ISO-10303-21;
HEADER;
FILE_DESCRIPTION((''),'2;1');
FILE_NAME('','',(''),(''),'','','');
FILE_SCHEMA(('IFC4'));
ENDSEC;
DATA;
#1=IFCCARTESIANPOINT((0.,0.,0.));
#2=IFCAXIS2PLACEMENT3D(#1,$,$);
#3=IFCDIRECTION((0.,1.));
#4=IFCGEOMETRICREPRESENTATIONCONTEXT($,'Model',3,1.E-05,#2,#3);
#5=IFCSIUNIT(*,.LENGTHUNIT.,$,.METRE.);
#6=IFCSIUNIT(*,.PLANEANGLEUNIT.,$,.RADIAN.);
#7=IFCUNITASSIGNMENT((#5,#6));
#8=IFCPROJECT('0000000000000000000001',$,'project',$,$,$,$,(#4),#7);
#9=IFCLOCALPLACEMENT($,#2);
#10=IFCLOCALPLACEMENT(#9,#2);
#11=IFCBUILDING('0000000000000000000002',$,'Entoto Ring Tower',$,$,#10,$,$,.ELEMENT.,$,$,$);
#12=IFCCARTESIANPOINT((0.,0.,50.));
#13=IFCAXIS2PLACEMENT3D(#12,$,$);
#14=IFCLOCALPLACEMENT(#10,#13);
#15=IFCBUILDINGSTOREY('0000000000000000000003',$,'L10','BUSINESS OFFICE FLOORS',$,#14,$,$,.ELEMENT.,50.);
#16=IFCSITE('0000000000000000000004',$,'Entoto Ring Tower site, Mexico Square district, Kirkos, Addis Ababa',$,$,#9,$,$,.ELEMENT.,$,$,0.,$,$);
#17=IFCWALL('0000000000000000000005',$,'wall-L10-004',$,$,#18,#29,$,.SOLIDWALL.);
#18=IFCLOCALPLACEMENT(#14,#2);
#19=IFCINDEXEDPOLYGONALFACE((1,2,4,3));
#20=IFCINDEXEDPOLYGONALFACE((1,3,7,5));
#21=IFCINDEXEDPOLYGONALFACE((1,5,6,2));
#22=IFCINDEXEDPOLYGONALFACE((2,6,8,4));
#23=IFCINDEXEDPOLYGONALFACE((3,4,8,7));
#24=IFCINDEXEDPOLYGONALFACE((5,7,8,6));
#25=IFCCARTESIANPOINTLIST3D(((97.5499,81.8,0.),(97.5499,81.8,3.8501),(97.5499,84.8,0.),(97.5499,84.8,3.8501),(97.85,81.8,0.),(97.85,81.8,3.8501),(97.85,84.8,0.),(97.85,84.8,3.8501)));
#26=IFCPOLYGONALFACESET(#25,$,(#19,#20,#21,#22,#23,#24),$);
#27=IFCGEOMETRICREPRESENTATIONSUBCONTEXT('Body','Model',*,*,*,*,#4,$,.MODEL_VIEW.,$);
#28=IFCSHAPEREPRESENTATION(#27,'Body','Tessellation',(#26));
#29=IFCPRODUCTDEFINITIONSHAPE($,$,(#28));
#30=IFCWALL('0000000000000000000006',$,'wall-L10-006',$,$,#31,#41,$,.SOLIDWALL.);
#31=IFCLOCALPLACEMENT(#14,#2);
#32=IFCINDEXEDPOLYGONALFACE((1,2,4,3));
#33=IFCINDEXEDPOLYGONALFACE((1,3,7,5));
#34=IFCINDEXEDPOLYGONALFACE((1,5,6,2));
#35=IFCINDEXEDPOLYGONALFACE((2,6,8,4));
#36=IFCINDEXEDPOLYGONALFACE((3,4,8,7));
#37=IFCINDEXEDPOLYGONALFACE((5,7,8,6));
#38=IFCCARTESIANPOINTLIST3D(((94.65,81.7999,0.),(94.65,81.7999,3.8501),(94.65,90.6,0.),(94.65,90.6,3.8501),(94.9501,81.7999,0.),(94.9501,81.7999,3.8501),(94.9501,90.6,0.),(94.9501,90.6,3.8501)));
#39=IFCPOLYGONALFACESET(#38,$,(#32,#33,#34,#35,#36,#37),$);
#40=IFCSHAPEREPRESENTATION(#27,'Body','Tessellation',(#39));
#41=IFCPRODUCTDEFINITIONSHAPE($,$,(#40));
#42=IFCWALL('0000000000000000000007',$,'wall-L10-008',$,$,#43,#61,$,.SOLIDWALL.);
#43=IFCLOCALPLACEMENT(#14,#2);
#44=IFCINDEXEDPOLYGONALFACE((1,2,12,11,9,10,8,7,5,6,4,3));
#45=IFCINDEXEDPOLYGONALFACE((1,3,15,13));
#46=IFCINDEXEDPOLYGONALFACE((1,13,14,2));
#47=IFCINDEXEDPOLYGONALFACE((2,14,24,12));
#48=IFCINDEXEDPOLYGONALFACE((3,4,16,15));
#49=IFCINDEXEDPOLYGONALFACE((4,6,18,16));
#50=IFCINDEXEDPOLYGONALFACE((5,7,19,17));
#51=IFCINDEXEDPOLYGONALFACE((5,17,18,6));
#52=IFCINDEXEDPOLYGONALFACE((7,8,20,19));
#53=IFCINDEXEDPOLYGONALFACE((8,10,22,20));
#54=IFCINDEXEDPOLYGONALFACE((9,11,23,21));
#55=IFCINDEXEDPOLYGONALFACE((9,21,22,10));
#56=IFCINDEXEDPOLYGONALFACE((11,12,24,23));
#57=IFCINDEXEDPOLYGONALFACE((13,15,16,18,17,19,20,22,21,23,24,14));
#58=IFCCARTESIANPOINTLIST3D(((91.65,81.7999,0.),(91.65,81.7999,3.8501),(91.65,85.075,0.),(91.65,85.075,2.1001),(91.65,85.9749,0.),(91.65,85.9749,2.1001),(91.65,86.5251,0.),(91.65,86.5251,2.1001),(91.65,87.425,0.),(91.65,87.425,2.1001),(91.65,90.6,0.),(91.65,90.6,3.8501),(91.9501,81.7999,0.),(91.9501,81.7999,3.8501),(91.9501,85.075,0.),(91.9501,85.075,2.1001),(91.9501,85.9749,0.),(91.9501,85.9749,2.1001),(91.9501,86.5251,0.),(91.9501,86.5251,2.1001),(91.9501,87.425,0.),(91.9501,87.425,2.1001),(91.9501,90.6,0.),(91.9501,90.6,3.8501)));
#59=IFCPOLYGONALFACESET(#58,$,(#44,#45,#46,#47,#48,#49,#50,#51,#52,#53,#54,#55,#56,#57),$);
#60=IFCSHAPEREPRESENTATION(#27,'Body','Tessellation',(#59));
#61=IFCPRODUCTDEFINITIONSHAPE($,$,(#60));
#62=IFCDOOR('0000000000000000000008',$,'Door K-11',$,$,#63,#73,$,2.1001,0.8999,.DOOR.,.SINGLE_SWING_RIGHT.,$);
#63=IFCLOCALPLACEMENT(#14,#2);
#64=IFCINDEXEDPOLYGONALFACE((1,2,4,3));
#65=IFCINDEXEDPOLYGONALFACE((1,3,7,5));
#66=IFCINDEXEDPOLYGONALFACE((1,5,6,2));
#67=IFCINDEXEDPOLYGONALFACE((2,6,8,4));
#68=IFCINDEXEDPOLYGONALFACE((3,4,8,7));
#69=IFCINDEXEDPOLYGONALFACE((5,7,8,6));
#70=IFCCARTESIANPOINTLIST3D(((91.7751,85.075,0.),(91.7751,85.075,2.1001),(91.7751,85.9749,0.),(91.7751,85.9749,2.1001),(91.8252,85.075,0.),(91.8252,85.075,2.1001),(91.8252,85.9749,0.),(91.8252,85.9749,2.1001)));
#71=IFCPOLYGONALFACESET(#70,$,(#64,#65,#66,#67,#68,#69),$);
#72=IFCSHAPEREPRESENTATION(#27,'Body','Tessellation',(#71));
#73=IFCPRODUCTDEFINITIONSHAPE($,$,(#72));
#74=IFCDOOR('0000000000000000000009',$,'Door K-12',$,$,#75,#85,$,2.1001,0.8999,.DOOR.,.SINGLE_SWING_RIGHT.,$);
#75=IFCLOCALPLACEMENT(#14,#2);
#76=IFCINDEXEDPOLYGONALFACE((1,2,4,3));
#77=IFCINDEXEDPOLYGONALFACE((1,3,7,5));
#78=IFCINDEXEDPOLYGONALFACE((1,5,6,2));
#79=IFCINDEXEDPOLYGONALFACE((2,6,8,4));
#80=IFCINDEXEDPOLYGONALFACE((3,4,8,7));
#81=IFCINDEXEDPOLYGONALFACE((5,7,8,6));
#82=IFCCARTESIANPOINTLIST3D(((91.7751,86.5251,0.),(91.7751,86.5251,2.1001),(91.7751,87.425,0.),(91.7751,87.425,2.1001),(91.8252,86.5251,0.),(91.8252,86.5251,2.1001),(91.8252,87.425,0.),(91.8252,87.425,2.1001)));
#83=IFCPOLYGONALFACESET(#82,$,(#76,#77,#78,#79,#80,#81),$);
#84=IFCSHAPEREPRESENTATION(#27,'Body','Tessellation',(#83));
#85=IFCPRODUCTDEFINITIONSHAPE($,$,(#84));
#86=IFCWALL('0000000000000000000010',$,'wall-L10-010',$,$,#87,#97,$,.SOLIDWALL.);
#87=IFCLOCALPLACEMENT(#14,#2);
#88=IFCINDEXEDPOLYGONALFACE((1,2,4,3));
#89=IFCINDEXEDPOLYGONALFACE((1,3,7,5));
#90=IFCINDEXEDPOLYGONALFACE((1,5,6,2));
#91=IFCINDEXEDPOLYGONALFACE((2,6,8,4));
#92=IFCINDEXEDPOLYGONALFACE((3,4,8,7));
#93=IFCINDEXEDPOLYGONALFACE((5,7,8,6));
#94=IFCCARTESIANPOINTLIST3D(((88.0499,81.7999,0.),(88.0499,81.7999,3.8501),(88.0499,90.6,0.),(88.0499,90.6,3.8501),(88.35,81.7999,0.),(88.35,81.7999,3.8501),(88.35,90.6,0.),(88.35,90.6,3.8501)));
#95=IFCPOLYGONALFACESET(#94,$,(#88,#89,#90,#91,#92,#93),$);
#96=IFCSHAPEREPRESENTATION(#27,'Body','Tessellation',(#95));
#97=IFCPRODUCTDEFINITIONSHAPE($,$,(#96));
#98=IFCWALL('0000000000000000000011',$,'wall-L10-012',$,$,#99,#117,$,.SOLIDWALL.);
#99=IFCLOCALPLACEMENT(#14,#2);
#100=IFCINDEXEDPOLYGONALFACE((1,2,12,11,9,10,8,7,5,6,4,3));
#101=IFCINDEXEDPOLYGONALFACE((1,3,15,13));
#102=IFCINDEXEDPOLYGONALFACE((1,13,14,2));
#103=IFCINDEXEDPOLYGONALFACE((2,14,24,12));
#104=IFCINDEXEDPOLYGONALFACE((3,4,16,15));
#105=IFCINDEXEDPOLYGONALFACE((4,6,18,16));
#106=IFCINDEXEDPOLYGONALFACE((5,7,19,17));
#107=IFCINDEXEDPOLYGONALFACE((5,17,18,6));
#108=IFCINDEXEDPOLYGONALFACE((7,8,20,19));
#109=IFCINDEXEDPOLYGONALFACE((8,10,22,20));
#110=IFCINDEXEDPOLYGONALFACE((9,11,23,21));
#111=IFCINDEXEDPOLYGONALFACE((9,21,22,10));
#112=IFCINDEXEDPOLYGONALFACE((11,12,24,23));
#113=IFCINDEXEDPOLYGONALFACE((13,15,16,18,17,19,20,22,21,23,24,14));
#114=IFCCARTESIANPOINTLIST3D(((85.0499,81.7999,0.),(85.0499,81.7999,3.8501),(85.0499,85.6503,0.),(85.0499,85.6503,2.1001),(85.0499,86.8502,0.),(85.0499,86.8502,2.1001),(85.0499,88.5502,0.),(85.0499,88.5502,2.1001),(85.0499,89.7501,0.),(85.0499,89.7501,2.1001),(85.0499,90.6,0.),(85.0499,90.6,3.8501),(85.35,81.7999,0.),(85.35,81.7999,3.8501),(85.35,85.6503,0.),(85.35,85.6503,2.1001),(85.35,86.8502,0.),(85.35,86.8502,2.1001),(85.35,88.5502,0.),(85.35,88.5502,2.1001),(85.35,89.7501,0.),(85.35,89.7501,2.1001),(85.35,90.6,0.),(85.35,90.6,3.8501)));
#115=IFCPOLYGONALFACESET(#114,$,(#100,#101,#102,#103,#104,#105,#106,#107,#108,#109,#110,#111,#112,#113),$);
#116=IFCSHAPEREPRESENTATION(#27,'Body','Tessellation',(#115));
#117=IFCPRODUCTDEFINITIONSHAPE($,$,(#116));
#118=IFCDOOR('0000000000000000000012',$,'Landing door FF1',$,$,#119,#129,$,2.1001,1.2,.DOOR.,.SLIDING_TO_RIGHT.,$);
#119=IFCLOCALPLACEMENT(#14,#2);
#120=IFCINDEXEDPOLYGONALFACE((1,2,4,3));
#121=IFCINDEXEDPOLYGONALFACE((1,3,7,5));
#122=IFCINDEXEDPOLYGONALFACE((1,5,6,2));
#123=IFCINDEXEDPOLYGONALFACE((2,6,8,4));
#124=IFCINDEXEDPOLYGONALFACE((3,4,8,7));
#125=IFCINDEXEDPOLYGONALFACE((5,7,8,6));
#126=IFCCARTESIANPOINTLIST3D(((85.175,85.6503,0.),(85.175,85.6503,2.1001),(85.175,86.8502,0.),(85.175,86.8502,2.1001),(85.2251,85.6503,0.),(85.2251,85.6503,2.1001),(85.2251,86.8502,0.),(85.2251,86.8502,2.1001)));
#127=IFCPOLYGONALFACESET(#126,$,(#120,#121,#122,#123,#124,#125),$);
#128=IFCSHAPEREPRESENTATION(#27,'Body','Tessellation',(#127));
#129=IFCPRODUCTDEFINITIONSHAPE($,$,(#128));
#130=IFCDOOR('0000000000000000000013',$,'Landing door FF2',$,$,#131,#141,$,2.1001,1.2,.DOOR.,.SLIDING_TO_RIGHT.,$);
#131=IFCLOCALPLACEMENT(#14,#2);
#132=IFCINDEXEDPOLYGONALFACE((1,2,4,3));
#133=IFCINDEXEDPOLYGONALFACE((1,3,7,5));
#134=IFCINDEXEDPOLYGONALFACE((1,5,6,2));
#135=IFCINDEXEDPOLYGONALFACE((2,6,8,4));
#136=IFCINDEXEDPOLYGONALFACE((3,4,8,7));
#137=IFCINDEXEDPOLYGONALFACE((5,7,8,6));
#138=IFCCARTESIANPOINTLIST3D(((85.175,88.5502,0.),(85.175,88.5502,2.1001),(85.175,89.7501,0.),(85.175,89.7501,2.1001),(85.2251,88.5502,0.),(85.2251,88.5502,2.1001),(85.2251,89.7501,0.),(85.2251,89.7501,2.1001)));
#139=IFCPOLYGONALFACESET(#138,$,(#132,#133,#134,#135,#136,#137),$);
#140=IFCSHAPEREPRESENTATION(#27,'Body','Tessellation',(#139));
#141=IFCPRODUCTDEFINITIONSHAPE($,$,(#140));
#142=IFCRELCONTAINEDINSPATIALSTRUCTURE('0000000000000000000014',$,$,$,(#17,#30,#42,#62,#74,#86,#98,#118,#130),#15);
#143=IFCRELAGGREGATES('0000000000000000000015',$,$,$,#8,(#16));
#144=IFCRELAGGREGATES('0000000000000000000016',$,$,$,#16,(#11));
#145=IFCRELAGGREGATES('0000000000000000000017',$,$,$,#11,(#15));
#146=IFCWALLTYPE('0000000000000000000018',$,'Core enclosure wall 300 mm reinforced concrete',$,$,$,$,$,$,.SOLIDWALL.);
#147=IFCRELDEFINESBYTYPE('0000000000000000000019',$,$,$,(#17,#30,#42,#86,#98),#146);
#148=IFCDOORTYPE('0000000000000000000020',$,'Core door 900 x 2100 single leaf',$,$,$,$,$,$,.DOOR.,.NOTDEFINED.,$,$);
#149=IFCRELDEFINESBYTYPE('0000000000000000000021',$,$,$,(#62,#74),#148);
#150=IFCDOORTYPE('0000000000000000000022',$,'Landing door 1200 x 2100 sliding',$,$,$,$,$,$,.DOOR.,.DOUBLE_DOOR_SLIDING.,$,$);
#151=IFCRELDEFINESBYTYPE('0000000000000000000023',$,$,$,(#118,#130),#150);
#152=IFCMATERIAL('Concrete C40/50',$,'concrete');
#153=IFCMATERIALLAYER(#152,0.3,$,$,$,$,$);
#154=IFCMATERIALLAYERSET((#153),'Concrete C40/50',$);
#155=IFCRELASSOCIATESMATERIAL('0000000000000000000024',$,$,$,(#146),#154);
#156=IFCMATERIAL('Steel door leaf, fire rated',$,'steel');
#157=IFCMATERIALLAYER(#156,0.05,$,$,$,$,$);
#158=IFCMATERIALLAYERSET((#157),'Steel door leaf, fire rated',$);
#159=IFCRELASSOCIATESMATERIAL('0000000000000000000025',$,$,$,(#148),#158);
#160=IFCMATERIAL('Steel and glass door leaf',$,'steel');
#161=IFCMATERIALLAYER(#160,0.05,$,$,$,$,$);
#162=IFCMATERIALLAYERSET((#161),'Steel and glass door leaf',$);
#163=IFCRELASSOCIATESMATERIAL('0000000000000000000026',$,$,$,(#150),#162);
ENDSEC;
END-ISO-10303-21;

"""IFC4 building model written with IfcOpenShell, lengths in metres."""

from ifc_helpers import new_model, si_unit, direction, frame, frame_2d, origin, place, context, subcontext, project, spatial, rectangle, extrude, material, layer, layer_set, type_object, element, fill, save


model = new_model("IFC4")

# Units and contexts
model_context = context("Model", 3, precision=1e-05, world=origin(), true_north=direction((0.0, 1.0)))
body_context = subcontext(model_context, "Body", "Model", "MODEL_VIEW")
ifc_project = project(units=[si_unit("LENGTHUNIT", "METRE"), si_unit("PLANEANGLEUNIT", "RADIAN")], contexts=[model_context])

# Site, building, storey
site_placement = place(None, origin())
site = spatial("IfcSite", under=ifc_project, at=site_placement, Name="Entoto Ring Tower site, Mexico Square district, Kirkos, Addis Ababa", CompositionType="ELEMENT", RefElevation=0.0)
building_placement = place(site_placement, origin())
building = spatial("IfcBuilding", under=site, at=building_placement, Name="Entoto Ring Tower", CompositionType="ELEMENT")
storey_placement = place(building_placement, frame((0.0, 0.0, 50.0)))
storey = spatial("IfcBuildingStorey", under=building, at=storey_placement, Name="L10", Description="BUSINESS OFFICE FLOORS", CompositionType="ELEMENT", Elevation=50.0)

# Walls
ifc_material_1 = material(Name="Concrete C40/50", Category="concrete")
ifc_layer_1 = layer(ifc_material_1, 0.3)
ifc_layer_set_1 = layer_set([ifc_layer_1], Name="Concrete C40/50")
wall_type = type_object("IfcWallType", Name="Core enclosure wall 300 mm reinforced concrete", PredefinedType="SOLIDWALL", material=ifc_layer_set_1)
wall_1_placement = place(storey_placement, frame((97.7, 81.8, 0.0), z_axis=(0.0, 0.0, 1.0), x_axis=(0.0, 1.0, 0.0)))
element("IfcWall", 1, at=wall_1_placement, inside=storey, type_object=wall_type, Name="wall-L10-004", PredefinedType="SOLIDWALL", context=body_context, shape_type="SweptSolid", body=[
    extrude(rectangle(XDim=3.0, YDim=0.3, at=frame_2d((1.5, 0.0))), origin(), (0.0, 0.0, 1.0), 3.8501),
])
wall_2_placement = place(storey_placement, frame((94.8, 81.8, 0.0), z_axis=(0.0, 0.0, 1.0), x_axis=(0.0, 1.0, 0.0)))
element("IfcWall", 2, at=wall_2_placement, inside=storey, type_object=wall_type, Name="wall-L10-006", PredefinedType="SOLIDWALL", context=body_context, shape_type="SweptSolid", body=[
    extrude(rectangle(XDim=8.8, YDim=0.3, at=frame_2d((4.3999, 0.0))), origin(), (0.0, 0.0, 1.0), 3.8501),
])

# Wall, openings, doors
wall_3_placement = place(storey_placement, frame((91.8, 81.8, 0.0), z_axis=(0.0, 0.0, 1.0), x_axis=(0.0, 1.0, 0.0)))
wall_3 = element("IfcWall", 3, at=wall_3_placement, inside=storey, type_object=wall_type, Name="wall-L10-008", PredefinedType="SOLIDWALL", context=body_context, shape_type="SweptSolid", body=[
    extrude(rectangle(XDim=8.8, YDim=0.3, at=frame_2d((4.3999, 0.0))), origin(), (0.0, 0.0, 1.0), 3.8501),
])
opening_1_placement = place(wall_3_placement, frame((3.2749, 0.0, 0.0)))
opening_1 = element("IfcOpeningElement", 4, at=opening_1_placement, cuts=wall_3, PredefinedType="OPENING", context=body_context, shape_type="SweptSolid", body=[
    extrude(rectangle(XDim=0.8999, YDim=2.1001, at=frame_2d((0.45, 1.05))), frame((0.0, 0.1602, 0.0), z_axis=(0.0, -1.0, 0.0), x_axis=(1.0, 0.0, 0.0)), (0.0, 0.0, 1.0), 0.3201),
])
opening_2_placement = place(wall_3_placement, frame((4.7251, 0.0, 0.0)))
opening_2 = element("IfcOpeningElement", 5, at=opening_2_placement, cuts=wall_3, PredefinedType="OPENING", context=body_context, shape_type="SweptSolid", body=[
    extrude(rectangle(XDim=0.8999, YDim=2.1001, at=frame_2d((0.45, 1.05))), frame((0.0, 0.1602, 0.0), z_axis=(0.0, -1.0, 0.0), x_axis=(1.0, 0.0, 0.0)), (0.0, 0.0, 1.0), 0.3201),
])
ifc_material_2 = material(Name="Steel door leaf, fire rated", Category="steel")
ifc_layer_2 = layer(ifc_material_2, 0.05)
ifc_layer_set_2 = layer_set([ifc_layer_2], Name="Steel door leaf, fire rated")
door_type_1 = type_object("IfcDoorType", Name="Core door 900 x 2100 single leaf", OperationType="NOTDEFINED", PredefinedType="DOOR", material=ifc_layer_set_2)
door_1_placement = place(opening_1_placement, origin())
door_1 = element("IfcDoor", 6, at=door_1_placement, inside=storey, type_object=door_type_1, Name="Door K-11", OperationType="SINGLE_SWING_RIGHT", OverallHeight=2.1001, OverallWidth=0.8999, PredefinedType="DOOR", context=body_context, shape_type="SweptSolid", body=[
    extrude(rectangle(XDim=0.8999, YDim=2.1001, at=frame_2d((0.45, 1.05))), frame((0.0, 0.0249, 0.0), z_axis=(0.0, -1.0, 0.0), x_axis=(1.0, 0.0, 0.0)), (0.0, 0.0, 1.0), 0.05),
])
fill(opening_1, door_1)
door_2_placement = place(opening_2_placement, origin())
door_2 = element("IfcDoor", 7, at=door_2_placement, inside=storey, type_object=door_type_1, Name="Door K-12", OperationType="SINGLE_SWING_RIGHT", OverallHeight=2.1001, OverallWidth=0.8999, PredefinedType="DOOR", context=body_context, shape_type="SweptSolid", body=[
    extrude(rectangle(XDim=0.8999, YDim=2.1001, at=frame_2d((0.45, 1.05))), frame((0.0, 0.0249, 0.0), z_axis=(0.0, -1.0, 0.0), x_axis=(1.0, 0.0, 0.0)), (0.0, 0.0, 1.0), 0.05),
])
fill(opening_2, door_2)

# Wall
wall_4_placement = place(storey_placement, frame((88.2, 81.8, 0.0), z_axis=(0.0, 0.0, 1.0), x_axis=(0.0, 1.0, 0.0)))
element("IfcWall", 8, at=wall_4_placement, inside=storey, type_object=wall_type, Name="wall-L10-010", PredefinedType="SOLIDWALL", context=body_context, shape_type="SweptSolid", body=[
    extrude(rectangle(XDim=8.8, YDim=0.3, at=frame_2d((4.3999, 0.0))), origin(), (0.0, 0.0, 1.0), 3.8501),
])

# Wall, openings, doors
wall_5_placement = place(storey_placement, frame((85.2, 81.8, 0.0), z_axis=(0.0, 0.0, 1.0), x_axis=(0.0, 1.0, 0.0)))
wall_5 = element("IfcWall", 9, at=wall_5_placement, inside=storey, type_object=wall_type, Name="wall-L10-012", PredefinedType="SOLIDWALL", context=body_context, shape_type="SweptSolid", body=[
    extrude(rectangle(XDim=8.8, YDim=0.3, at=frame_2d((4.3999, 0.0))), origin(), (0.0, 0.0, 1.0), 3.8501),
])
opening_3_placement = place(wall_5_placement, frame((3.8501, 0.0, 0.0)))
opening_3 = element("IfcOpeningElement", 10, at=opening_3_placement, cuts=wall_5, PredefinedType="OPENING", context=body_context, shape_type="SweptSolid", body=[
    extrude(rectangle(XDim=1.2, YDim=2.1001, at=frame_2d((0.6001, 1.05))), frame((0.0, 0.1602, 0.0), z_axis=(0.0, -1.0, 0.0), x_axis=(1.0, 0.0, 0.0)), (0.0, 0.0, 1.0), 0.3201),
])
opening_4_placement = place(wall_5_placement, frame((6.75, 0.0, 0.0)))
opening_4 = element("IfcOpeningElement", 11, at=opening_4_placement, cuts=wall_5, PredefinedType="OPENING", context=body_context, shape_type="SweptSolid", body=[
    extrude(rectangle(XDim=1.2, YDim=2.1001, at=frame_2d((0.6001, 1.05))), frame((0.0, 0.1602, 0.0), z_axis=(0.0, -1.0, 0.0), x_axis=(1.0, 0.0, 0.0)), (0.0, 0.0, 1.0), 0.3201),
])
ifc_material_3 = material(Name="Steel and glass door leaf", Category="steel")
ifc_layer_3 = layer(ifc_material_3, 0.05)
ifc_layer_set_3 = layer_set([ifc_layer_3], Name="Steel and glass door leaf")
door_type_2 = type_object("IfcDoorType", Name="Landing door 1200 x 2100 sliding", OperationType="DOUBLE_DOOR_SLIDING", PredefinedType="DOOR", material=ifc_layer_set_3)
door_3_placement = place(opening_3_placement, origin())
door_3 = element("IfcDoor", 12, at=door_3_placement, inside=storey, type_object=door_type_2, Name="Landing door FF1", OperationType="SLIDING_TO_RIGHT", OverallHeight=2.1001, OverallWidth=1.2, PredefinedType="DOOR", context=body_context, shape_type="SweptSolid", body=[
    extrude(rectangle(XDim=1.2, YDim=2.1001, at=frame_2d((0.6001, 1.05))), frame((0.0, 0.0249, 0.0), z_axis=(0.0, -1.0, 0.0), x_axis=(1.0, 0.0, 0.0)), (0.0, 0.0, 1.0), 0.05),
])
fill(opening_3, door_3)
door_4_placement = place(opening_4_placement, origin())
door_4 = element("IfcDoor", 13, at=door_4_placement, inside=storey, type_object=door_type_2, Name="Landing door FF2", OperationType="SLIDING_TO_RIGHT", OverallHeight=2.1001, OverallWidth=1.2, PredefinedType="DOOR", context=body_context, shape_type="SweptSolid", body=[
    extrude(rectangle(XDim=1.2, YDim=2.1001, at=frame_2d((0.6001, 1.05))), frame((0.0, 0.0249, 0.0), z_axis=(0.0, -1.0, 0.0), x_axis=(1.0, 0.0, 0.0)), (0.0, 0.0, 1.0), 0.05),
])
fill(opening_4, door_4)

save(model, "model.ifc")
